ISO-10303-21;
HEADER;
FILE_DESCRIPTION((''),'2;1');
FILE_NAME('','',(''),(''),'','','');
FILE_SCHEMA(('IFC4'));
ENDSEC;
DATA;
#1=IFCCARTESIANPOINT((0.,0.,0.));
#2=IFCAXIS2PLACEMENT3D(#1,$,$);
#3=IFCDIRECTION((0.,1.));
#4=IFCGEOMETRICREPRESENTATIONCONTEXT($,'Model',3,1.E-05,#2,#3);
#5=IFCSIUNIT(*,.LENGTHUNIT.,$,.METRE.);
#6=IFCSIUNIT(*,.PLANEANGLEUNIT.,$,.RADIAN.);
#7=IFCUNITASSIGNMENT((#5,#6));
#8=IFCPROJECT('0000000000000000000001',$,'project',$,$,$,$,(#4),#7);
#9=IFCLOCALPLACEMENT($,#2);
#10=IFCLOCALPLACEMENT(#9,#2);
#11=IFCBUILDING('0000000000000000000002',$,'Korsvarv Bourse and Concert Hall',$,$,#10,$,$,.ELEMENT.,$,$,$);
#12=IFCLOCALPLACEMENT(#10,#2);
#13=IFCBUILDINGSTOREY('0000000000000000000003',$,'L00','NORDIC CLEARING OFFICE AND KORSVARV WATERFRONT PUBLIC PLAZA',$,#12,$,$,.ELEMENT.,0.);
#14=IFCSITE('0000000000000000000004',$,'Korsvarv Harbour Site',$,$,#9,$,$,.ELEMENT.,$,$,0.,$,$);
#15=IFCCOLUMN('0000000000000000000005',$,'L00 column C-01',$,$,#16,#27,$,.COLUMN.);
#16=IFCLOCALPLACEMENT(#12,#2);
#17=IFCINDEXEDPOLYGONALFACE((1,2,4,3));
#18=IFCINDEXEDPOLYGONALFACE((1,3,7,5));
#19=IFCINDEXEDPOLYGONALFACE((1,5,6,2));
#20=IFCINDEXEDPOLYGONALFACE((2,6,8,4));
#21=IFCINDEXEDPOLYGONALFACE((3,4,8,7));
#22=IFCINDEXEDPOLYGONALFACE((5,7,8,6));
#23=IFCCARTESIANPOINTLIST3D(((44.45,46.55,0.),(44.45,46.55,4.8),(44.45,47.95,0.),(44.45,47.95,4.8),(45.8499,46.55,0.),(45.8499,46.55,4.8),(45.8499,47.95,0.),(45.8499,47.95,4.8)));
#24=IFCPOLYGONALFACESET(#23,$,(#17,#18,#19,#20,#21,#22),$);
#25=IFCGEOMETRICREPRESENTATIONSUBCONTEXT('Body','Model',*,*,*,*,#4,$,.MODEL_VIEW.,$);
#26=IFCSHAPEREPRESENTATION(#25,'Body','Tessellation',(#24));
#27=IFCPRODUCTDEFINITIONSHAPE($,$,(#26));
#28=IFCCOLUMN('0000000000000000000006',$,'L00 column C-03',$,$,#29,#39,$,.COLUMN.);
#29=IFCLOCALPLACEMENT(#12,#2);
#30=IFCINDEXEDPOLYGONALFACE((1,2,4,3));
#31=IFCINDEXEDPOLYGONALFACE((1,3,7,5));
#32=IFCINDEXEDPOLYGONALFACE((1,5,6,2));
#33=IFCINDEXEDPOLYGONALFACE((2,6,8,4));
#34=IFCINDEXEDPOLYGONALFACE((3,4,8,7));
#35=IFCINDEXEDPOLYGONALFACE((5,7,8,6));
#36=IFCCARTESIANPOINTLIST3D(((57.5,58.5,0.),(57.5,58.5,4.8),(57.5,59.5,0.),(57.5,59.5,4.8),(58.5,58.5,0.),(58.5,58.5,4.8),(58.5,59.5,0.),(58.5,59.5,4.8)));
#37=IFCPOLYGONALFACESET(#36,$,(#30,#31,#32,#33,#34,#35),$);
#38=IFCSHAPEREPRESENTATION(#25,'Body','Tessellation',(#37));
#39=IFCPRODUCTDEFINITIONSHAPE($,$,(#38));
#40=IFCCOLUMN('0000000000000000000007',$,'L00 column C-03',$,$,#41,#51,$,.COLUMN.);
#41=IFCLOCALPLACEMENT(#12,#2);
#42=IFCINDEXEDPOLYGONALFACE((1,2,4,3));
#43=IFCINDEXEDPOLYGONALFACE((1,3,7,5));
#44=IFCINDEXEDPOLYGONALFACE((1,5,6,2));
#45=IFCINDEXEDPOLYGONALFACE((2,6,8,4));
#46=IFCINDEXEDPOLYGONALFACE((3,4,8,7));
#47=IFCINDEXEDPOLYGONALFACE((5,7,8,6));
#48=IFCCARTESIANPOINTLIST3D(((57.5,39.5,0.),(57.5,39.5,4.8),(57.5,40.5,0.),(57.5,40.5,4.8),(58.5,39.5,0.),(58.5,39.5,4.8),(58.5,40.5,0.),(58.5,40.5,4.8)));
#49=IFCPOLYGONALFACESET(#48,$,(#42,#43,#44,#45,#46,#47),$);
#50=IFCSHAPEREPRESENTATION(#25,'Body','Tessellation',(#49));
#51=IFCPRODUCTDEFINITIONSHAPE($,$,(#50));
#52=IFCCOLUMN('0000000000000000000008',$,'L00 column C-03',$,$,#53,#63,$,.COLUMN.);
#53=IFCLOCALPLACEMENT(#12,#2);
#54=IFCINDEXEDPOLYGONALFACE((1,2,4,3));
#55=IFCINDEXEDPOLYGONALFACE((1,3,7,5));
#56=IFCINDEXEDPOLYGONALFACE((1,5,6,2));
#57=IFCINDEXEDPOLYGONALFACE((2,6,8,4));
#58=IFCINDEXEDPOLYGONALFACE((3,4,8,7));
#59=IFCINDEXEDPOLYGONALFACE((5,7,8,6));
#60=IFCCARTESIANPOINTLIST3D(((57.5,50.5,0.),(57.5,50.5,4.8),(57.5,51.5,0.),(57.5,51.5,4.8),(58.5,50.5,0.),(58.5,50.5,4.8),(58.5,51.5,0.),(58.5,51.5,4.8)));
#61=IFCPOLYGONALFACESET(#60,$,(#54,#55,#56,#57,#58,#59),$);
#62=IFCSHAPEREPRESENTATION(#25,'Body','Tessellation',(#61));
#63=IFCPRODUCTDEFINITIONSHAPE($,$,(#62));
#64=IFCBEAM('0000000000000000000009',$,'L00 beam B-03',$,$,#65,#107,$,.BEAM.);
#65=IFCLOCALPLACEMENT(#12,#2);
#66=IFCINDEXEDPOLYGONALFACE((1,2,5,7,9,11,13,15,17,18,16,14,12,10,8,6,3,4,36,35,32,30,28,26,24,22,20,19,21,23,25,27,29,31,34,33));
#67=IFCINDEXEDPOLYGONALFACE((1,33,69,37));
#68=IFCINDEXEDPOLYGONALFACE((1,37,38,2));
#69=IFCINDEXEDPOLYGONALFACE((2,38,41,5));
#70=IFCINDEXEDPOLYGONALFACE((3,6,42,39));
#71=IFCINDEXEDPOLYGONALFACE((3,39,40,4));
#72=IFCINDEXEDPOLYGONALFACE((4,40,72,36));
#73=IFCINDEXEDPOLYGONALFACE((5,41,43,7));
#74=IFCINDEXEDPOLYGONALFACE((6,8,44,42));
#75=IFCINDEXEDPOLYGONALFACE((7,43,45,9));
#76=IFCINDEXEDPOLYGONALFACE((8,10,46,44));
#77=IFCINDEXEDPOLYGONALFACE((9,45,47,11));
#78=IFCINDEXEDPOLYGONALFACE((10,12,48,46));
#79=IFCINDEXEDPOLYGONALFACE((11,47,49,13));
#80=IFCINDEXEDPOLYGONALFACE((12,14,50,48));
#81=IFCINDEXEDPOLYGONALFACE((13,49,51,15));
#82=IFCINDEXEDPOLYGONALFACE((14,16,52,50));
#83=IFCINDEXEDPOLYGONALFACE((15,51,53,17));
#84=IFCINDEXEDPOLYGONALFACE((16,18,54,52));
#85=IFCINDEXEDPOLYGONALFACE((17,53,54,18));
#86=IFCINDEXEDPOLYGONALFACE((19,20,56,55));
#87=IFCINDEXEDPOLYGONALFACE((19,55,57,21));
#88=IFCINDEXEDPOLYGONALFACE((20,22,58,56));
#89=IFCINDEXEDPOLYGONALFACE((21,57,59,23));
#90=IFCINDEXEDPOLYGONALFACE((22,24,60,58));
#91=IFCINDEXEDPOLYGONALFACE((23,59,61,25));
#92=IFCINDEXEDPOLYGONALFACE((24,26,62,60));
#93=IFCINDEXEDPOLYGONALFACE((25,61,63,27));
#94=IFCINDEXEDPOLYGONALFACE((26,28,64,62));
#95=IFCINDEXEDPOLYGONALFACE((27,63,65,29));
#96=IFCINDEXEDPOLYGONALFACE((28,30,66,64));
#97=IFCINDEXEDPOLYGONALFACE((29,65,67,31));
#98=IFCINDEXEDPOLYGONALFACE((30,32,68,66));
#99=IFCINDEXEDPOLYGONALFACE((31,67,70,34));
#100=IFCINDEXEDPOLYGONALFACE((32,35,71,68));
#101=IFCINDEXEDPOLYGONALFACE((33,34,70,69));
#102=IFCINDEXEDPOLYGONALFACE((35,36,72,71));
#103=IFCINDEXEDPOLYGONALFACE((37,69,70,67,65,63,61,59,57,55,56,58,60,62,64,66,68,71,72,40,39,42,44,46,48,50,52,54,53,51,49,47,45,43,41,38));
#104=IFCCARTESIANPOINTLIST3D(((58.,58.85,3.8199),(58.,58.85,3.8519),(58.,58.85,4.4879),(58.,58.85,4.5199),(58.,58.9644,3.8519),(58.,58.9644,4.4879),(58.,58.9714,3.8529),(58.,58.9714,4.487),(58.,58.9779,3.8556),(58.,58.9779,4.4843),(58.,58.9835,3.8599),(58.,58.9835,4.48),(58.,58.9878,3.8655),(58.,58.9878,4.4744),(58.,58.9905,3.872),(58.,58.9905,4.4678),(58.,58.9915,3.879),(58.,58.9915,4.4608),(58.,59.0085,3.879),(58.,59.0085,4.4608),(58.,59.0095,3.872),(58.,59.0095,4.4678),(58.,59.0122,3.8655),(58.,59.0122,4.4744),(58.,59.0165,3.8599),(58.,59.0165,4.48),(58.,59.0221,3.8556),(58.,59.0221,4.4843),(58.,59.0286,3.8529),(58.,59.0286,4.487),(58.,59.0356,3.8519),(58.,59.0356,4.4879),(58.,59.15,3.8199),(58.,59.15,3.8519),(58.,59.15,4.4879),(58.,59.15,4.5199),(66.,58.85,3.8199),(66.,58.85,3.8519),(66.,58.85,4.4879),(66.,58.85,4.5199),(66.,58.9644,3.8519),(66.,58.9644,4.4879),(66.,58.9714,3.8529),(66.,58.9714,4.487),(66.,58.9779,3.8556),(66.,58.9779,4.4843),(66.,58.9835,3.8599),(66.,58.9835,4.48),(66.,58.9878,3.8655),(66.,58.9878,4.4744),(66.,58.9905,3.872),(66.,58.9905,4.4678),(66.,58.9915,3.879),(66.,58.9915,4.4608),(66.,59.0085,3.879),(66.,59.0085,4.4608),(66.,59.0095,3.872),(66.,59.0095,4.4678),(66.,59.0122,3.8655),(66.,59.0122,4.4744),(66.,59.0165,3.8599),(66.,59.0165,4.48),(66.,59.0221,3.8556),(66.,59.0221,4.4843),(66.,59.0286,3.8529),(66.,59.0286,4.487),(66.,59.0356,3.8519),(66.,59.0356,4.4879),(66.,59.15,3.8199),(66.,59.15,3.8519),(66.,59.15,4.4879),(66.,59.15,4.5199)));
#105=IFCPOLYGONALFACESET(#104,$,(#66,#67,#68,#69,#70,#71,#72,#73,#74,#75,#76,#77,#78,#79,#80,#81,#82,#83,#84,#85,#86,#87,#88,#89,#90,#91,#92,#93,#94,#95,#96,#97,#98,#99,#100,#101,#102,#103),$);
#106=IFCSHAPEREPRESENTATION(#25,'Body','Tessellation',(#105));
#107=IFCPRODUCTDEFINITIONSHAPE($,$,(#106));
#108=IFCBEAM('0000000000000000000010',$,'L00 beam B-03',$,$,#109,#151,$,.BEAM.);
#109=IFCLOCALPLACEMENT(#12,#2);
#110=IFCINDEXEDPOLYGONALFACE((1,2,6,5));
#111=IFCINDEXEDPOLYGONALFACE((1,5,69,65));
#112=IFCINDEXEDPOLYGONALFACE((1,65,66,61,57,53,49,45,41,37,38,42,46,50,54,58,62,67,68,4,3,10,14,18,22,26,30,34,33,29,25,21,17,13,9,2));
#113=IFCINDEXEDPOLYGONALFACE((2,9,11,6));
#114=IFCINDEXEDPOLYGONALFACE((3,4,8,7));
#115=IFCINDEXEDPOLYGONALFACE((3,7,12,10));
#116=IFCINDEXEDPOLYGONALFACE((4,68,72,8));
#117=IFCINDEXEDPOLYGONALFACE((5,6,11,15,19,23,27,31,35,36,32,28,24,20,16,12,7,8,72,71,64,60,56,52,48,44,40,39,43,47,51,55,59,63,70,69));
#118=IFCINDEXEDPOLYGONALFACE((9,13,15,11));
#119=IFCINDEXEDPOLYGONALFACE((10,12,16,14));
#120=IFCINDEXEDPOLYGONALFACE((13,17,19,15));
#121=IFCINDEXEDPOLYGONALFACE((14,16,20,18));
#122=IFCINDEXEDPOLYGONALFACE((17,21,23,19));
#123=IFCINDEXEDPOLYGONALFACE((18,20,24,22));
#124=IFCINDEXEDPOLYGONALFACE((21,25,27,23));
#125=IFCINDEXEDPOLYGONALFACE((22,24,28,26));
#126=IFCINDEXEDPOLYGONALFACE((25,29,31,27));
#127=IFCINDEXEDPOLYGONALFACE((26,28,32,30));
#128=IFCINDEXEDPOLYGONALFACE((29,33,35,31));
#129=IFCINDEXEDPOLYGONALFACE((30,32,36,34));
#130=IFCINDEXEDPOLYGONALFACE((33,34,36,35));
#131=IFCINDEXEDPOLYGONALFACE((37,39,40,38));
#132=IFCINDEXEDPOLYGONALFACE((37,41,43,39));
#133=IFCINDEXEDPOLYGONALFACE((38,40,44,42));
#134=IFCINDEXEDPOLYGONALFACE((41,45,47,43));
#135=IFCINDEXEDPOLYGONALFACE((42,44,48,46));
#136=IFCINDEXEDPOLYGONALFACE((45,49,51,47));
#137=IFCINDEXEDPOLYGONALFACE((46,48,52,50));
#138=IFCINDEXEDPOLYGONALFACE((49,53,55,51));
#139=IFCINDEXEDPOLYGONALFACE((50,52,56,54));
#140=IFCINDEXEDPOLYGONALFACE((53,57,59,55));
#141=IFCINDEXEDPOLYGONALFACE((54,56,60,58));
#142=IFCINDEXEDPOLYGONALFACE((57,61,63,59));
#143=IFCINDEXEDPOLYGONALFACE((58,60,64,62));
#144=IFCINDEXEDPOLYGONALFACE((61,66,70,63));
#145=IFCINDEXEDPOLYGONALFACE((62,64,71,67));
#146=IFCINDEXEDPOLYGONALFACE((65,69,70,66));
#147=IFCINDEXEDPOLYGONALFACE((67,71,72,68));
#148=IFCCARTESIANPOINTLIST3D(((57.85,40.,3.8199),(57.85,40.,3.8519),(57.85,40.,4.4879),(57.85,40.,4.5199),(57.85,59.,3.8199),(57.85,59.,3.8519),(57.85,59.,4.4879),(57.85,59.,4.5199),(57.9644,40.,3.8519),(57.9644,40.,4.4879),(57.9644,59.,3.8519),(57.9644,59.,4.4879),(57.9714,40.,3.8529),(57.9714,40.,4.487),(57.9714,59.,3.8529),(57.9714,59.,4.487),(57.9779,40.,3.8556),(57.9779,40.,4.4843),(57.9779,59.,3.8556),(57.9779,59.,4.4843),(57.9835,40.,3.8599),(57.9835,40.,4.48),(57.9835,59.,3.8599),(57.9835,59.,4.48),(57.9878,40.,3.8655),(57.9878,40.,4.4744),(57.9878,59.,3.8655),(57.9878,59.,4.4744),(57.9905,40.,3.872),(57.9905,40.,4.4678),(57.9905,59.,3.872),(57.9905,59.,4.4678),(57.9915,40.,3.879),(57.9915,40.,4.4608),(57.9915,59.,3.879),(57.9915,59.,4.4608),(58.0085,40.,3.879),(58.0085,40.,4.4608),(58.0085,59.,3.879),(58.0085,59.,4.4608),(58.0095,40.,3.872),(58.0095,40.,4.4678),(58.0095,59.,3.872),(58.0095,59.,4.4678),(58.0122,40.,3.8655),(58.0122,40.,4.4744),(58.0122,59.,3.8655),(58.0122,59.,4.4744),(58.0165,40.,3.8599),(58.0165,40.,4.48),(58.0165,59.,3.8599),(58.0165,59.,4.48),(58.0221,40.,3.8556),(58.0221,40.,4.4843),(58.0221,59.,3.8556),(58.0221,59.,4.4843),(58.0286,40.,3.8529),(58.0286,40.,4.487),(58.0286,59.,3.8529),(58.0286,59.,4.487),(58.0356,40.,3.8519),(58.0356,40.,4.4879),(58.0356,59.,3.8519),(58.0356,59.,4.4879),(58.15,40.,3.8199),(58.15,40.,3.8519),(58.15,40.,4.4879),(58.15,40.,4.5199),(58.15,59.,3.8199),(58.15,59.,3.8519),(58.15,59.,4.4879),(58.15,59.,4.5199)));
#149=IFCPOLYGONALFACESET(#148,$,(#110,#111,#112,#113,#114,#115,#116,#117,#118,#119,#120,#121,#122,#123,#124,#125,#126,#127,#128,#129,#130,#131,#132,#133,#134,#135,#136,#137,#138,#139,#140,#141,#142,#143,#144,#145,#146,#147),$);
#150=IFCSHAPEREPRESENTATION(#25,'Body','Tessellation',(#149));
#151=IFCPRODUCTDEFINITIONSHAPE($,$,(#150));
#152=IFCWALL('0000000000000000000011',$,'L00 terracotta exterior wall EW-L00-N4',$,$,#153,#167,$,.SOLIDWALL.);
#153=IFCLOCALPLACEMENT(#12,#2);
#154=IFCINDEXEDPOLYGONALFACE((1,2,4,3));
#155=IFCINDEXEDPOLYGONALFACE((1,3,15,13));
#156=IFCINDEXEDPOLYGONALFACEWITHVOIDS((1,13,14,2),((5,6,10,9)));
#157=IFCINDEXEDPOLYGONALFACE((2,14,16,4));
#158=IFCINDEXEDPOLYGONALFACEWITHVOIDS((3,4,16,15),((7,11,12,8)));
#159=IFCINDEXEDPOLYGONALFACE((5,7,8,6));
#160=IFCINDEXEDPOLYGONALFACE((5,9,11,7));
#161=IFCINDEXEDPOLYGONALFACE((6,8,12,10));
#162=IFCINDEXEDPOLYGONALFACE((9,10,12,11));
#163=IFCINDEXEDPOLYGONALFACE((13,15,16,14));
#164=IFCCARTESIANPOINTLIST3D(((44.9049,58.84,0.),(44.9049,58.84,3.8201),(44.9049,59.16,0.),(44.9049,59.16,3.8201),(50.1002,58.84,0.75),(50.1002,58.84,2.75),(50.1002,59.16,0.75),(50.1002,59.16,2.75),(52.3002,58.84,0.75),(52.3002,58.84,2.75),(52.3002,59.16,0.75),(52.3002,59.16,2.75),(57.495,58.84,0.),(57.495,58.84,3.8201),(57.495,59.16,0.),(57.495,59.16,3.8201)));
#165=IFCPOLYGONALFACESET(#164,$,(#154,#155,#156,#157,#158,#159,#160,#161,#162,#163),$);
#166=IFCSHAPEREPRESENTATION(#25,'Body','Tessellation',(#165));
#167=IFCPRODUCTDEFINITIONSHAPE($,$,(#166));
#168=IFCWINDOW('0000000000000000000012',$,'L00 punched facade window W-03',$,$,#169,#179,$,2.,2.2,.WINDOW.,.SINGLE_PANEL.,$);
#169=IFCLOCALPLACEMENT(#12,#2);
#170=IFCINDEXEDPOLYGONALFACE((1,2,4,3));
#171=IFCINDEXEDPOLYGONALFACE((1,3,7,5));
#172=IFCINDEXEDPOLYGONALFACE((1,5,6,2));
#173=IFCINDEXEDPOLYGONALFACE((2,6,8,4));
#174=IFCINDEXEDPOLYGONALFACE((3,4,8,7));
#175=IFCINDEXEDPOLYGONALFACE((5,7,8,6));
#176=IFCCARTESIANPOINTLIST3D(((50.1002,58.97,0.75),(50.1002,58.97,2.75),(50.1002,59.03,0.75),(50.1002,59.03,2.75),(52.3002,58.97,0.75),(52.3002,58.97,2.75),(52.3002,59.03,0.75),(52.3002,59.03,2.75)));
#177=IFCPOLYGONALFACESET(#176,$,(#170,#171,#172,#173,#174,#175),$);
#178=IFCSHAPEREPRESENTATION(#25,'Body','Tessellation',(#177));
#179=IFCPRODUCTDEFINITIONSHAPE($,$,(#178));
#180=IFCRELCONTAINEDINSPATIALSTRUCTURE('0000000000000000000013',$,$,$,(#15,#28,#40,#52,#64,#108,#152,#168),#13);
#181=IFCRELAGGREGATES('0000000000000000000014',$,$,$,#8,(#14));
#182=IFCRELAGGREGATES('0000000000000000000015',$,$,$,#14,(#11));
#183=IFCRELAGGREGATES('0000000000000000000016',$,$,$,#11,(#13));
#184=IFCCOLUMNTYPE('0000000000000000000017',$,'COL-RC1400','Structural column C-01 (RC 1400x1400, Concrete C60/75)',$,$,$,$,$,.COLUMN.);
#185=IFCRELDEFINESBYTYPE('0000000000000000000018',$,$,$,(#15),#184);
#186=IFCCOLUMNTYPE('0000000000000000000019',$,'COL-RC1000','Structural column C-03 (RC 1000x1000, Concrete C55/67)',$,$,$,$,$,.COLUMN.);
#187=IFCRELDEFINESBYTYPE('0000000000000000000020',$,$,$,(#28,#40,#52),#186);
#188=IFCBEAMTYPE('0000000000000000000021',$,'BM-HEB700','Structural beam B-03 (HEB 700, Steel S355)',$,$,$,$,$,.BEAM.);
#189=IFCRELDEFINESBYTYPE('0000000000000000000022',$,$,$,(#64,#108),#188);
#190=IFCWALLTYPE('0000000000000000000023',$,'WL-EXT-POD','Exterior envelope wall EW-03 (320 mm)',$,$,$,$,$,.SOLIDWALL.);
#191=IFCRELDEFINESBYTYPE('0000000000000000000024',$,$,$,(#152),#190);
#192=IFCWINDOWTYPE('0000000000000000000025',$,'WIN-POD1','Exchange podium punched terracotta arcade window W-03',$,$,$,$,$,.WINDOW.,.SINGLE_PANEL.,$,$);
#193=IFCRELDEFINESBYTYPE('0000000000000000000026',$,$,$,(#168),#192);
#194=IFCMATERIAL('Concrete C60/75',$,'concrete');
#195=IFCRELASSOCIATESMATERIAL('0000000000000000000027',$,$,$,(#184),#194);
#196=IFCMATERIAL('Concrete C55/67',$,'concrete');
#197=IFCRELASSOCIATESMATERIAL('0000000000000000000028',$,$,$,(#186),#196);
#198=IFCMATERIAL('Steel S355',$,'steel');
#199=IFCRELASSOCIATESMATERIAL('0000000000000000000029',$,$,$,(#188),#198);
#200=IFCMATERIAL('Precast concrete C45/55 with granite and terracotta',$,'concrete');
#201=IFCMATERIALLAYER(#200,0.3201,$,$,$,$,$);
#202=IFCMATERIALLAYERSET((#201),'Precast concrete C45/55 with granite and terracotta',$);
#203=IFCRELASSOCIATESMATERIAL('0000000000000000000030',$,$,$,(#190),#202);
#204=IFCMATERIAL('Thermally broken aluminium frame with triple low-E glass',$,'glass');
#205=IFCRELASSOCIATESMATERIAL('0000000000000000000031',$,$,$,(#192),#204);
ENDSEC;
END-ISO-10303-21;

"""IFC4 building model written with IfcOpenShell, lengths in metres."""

from ifc_helpers import new_model, si_unit, direction, frame, frame_2d, origin, origin_2d, place, context, subcontext, project, spatial, rectangle, i_section, extrude, source, transform, mapped, material, layer, layer_set, material_profile, profile_set, type_object, element, fill, save


model = new_model("IFC4")

# Units and contexts
model_context = context("Model", 3, precision=1e-05, world=origin(), true_north=direction((0.0, 1.0)))
body_context = subcontext(model_context, "Body", "Model", "MODEL_VIEW")
ifc_project = project(units=[si_unit("LENGTHUNIT", "METRE"), si_unit("PLANEANGLEUNIT", "RADIAN")], contexts=[model_context])

# Site, building, storey
site_placement = place(None, origin())
site = spatial("IfcSite", under=ifc_project, at=site_placement, Name="Korsvarv Harbour Site", CompositionType="ELEMENT", RefElevation=0.0)
building_placement = place(site_placement, origin())
building = spatial("IfcBuilding", under=site, at=building_placement, Name="Korsvarv Bourse and Concert Hall", CompositionType="ELEMENT")
storey_placement = place(building_placement, origin())
storey = spatial("IfcBuildingStorey", under=building, at=storey_placement, Name="L00", Description="NORDIC CLEARING OFFICE AND KORSVARV WATERFRONT PUBLIC PLAZA", CompositionType="ELEMENT", Elevation=0.0)

# Columns
ifc_material_1 = material(Name="Concrete C60/75", Category="concrete")
ifc_material_profile_1 = material_profile(ifc_material_1, rectangle(XDim=1.3999, YDim=1.3999, at=origin_2d()), Name="RC 1400x1400")
ifc_profile_set_1 = profile_set([ifc_material_profile_1], Name="Concrete C60/75")
column_type_1 = type_object("IfcColumnType", Name="COL-RC1400", Description="Structural column C-01 (RC 1400x1400, Concrete C60/75)", PredefinedType="COLUMN", material=ifc_profile_set_1)
shared_shape_1 = source(origin(), body_context, "Body", "SweptSolid", [
    extrude(rectangle(XDim=1.3999, YDim=1.3999, at=origin_2d()), origin(), (0.0, 0.0, 1.0), 4.8),
])
column_placement = place(storey_placement, frame((45.1499, 47.25, 0.0), z_axis=(0.0, 0.0, 1.0), x_axis=(1.0, 0.0, 0.0)))
element("IfcColumn", 1, at=column_placement, inside=storey, type_object=column_type_1, Name="L00 column C-01", PredefinedType="COLUMN", context=body_context, shape_type="MappedRepresentation", body=[
    mapped(shared_shape_1, transform((0.0, 0.0, 0.0), scale=1.0)),
])
ifc_material_2 = material(Name="Concrete C55/67", Category="concrete")
ifc_material_profile_2 = material_profile(ifc_material_2, rectangle(XDim=1.0, YDim=1.0, at=origin_2d()), Name="RC 1000x1000")
ifc_profile_set_2 = profile_set([ifc_material_profile_2], Name="Concrete C55/67")
column_type_2 = type_object("IfcColumnType", Name="COL-RC1000", Description="Structural column C-03 (RC 1000x1000, Concrete C55/67)", PredefinedType="COLUMN", material=ifc_profile_set_2)
shared_shape_2 = source(origin(), body_context, "Body", "SweptSolid", [
    extrude(rectangle(XDim=1.0, YDim=1.0, at=origin_2d()), origin(), (0.0, 0.0, 1.0), 4.8),
])
for number, where, z_axis, x_axis, name in (
    (2, (58.0, 59.0, 0.0), (0.0, 0.0, 1.0), (1.0, 0.0, 0.0), "L00 column C-03"),
    (3, (58.0, 40.0, 0.0), (0.0, 0.0, 1.0), (1.0, 0.0, 0.0), "L00 column C-03"),
    (4, (58.0, 51.0, 0.0), (0.0, 0.0, 1.0), (1.0, 0.0, 0.0), "L00 column C-03"),
):
    element("IfcColumn", number, at=place(storey_placement, frame(where, z_axis=z_axis, x_axis=x_axis)), inside=storey, type_object=column_type_2, Name=name, PredefinedType="COLUMN", context=body_context, shape_type="MappedRepresentation", body=[
        mapped(shared_shape_2, transform((0.0, 0.0, 0.0), scale=1.0)),
    ])

# Beams
ifc_material_3 = material(Name="Steel S355", Category="steel")
ifc_material_profile_3 = material_profile(ifc_material_3, i_section(OverallWidth=0.3, OverallDepth=0.7, WebThickness=0.0171, FlangeThickness=0.032, FilletRadius=0.0271, at=origin_2d()), Name="HEB 700")
ifc_profile_set_3 = profile_set([ifc_material_profile_3], Name="Steel S355")
beam_type = type_object("IfcBeamType", Name="BM-HEB700", Description="Structural beam B-03 (HEB 700, Steel S355)", PredefinedType="BEAM", material=ifc_profile_set_3)
shared_shape_3 = source(origin(), body_context, "Body", "SweptSolid", [
    extrude(i_section(OverallWidth=0.3, OverallDepth=0.7, WebThickness=0.0171, FlangeThickness=0.032, FilletRadius=0.0271, at=origin_2d()), origin(), (0.0, 0.0, 1.0), 8.0),
])
beam_1_placement = place(storey_placement, frame((58.0, 59.0, 4.1699), z_axis=(1.0, 0.0, 0.0), x_axis=(0.0, 1.0, 0.0)))
element("IfcBeam", 5, at=beam_1_placement, inside=storey, type_object=beam_type, Name="L00 beam B-03", PredefinedType="BEAM", context=body_context, shape_type="MappedRepresentation", body=[
    mapped(shared_shape_3, transform((0.0, 0.0, 0.0), scale=1.0)),
])
shared_shape_4 = source(origin(), body_context, "Body", "SweptSolid", [
    extrude(i_section(OverallWidth=0.3, OverallDepth=0.7, WebThickness=0.0171, FlangeThickness=0.032, FilletRadius=0.0271, at=origin_2d()), origin(), (0.0, 0.0, 1.0), 19.0),
])
beam_2_placement = place(storey_placement, frame((58.0, 40.0, 4.1699), z_axis=(0.0, 1.0, 0.0), x_axis=(-1.0, 0.0, 0.0)))
element("IfcBeam", 6, at=beam_2_placement, inside=storey, type_object=beam_type, Name="L00 beam B-03", PredefinedType="BEAM", context=body_context, shape_type="MappedRepresentation", body=[
    mapped(shared_shape_4, transform((0.0, 0.0, 0.0), scale=1.0)),
])

# Wall, opening, window
ifc_material_4 = material(Name="Precast concrete C45/55 with granite and terracotta", Category="concrete")
ifc_layer_1 = layer(ifc_material_4, 0.3201)
ifc_layer_set_1 = layer_set([ifc_layer_1], Name="Precast concrete C45/55 with granite and terracotta")
wall_type_1 = type_object("IfcWallType", Name="WL-EXT-POD", Description="Exterior envelope wall EW-03 (320 mm)", PredefinedType="SOLIDWALL", material=ifc_layer_set_1)
wall_1_placement = place(storey_placement, frame((44.905, 59.0, 0.0), z_axis=(0.0, 0.0, 1.0), x_axis=(1.0, 0.0, 0.0)))
wall_1 = element("IfcWall", 7, at=wall_1_placement, inside=storey, type_object=wall_type_1, Name="L00 terracotta exterior wall EW-L00-N4", PredefinedType="SOLIDWALL", context=body_context, shape_type="SweptSolid", body=[
    extrude(rectangle(XDim=12.5901, YDim=0.3201, at=frame_2d((6.2949, 0.0))), origin(), (0.0, 0.0, 1.0), 3.8201),
])
opening_1_placement = place(wall_1_placement, frame((5.1951, 0.0, 0.75)))
opening_1 = element("IfcOpeningElement", 8, at=opening_1_placement, cuts=wall_1, PredefinedType="OPENING", context=body_context, shape_type="SweptSolid", body=[
    extrude(rectangle(XDim=2.2, YDim=2.0, at=frame_2d((1.1001, 1.0))), frame((0.0, 0.1699, 0.0), z_axis=(0.0, -1.0, 0.0), x_axis=(1.0, 0.0, 0.0)), (0.0, 0.0, 1.0), 0.3401),
])
ifc_material_5 = material(Name="Thermally broken aluminium frame with triple low-E glass", Category="glass")
window_type = type_object("IfcWindowType", Name="WIN-POD1", Description="Exchange podium punched terracotta arcade window W-03", PartitioningType="SINGLE_PANEL", PredefinedType="WINDOW", material=ifc_material_5)
window_1_placement = place(opening_1_placement, origin())
window_1 = element("IfcWindow", 9, at=window_1_placement, inside=storey, type_object=window_type, Name="L00 punched facade window W-03", OverallHeight=2.0, OverallWidth=2.2, PartitioningType="SINGLE_PANEL", PredefinedType="WINDOW", context=body_context, shape_type="SweptSolid", body=[
    extrude(rectangle(XDim=2.2, YDim=2.0, at=frame_2d((1.1001, 1.0))), frame((0.0, 0.03, 0.0), z_axis=(0.0, -1.0, 0.0), x_axis=(1.0, 0.0, 0.0)), (0.0, 0.0, 1.0), 0.0601),
])
fill(opening_1, window_1)

save(model, "model.ifc")
